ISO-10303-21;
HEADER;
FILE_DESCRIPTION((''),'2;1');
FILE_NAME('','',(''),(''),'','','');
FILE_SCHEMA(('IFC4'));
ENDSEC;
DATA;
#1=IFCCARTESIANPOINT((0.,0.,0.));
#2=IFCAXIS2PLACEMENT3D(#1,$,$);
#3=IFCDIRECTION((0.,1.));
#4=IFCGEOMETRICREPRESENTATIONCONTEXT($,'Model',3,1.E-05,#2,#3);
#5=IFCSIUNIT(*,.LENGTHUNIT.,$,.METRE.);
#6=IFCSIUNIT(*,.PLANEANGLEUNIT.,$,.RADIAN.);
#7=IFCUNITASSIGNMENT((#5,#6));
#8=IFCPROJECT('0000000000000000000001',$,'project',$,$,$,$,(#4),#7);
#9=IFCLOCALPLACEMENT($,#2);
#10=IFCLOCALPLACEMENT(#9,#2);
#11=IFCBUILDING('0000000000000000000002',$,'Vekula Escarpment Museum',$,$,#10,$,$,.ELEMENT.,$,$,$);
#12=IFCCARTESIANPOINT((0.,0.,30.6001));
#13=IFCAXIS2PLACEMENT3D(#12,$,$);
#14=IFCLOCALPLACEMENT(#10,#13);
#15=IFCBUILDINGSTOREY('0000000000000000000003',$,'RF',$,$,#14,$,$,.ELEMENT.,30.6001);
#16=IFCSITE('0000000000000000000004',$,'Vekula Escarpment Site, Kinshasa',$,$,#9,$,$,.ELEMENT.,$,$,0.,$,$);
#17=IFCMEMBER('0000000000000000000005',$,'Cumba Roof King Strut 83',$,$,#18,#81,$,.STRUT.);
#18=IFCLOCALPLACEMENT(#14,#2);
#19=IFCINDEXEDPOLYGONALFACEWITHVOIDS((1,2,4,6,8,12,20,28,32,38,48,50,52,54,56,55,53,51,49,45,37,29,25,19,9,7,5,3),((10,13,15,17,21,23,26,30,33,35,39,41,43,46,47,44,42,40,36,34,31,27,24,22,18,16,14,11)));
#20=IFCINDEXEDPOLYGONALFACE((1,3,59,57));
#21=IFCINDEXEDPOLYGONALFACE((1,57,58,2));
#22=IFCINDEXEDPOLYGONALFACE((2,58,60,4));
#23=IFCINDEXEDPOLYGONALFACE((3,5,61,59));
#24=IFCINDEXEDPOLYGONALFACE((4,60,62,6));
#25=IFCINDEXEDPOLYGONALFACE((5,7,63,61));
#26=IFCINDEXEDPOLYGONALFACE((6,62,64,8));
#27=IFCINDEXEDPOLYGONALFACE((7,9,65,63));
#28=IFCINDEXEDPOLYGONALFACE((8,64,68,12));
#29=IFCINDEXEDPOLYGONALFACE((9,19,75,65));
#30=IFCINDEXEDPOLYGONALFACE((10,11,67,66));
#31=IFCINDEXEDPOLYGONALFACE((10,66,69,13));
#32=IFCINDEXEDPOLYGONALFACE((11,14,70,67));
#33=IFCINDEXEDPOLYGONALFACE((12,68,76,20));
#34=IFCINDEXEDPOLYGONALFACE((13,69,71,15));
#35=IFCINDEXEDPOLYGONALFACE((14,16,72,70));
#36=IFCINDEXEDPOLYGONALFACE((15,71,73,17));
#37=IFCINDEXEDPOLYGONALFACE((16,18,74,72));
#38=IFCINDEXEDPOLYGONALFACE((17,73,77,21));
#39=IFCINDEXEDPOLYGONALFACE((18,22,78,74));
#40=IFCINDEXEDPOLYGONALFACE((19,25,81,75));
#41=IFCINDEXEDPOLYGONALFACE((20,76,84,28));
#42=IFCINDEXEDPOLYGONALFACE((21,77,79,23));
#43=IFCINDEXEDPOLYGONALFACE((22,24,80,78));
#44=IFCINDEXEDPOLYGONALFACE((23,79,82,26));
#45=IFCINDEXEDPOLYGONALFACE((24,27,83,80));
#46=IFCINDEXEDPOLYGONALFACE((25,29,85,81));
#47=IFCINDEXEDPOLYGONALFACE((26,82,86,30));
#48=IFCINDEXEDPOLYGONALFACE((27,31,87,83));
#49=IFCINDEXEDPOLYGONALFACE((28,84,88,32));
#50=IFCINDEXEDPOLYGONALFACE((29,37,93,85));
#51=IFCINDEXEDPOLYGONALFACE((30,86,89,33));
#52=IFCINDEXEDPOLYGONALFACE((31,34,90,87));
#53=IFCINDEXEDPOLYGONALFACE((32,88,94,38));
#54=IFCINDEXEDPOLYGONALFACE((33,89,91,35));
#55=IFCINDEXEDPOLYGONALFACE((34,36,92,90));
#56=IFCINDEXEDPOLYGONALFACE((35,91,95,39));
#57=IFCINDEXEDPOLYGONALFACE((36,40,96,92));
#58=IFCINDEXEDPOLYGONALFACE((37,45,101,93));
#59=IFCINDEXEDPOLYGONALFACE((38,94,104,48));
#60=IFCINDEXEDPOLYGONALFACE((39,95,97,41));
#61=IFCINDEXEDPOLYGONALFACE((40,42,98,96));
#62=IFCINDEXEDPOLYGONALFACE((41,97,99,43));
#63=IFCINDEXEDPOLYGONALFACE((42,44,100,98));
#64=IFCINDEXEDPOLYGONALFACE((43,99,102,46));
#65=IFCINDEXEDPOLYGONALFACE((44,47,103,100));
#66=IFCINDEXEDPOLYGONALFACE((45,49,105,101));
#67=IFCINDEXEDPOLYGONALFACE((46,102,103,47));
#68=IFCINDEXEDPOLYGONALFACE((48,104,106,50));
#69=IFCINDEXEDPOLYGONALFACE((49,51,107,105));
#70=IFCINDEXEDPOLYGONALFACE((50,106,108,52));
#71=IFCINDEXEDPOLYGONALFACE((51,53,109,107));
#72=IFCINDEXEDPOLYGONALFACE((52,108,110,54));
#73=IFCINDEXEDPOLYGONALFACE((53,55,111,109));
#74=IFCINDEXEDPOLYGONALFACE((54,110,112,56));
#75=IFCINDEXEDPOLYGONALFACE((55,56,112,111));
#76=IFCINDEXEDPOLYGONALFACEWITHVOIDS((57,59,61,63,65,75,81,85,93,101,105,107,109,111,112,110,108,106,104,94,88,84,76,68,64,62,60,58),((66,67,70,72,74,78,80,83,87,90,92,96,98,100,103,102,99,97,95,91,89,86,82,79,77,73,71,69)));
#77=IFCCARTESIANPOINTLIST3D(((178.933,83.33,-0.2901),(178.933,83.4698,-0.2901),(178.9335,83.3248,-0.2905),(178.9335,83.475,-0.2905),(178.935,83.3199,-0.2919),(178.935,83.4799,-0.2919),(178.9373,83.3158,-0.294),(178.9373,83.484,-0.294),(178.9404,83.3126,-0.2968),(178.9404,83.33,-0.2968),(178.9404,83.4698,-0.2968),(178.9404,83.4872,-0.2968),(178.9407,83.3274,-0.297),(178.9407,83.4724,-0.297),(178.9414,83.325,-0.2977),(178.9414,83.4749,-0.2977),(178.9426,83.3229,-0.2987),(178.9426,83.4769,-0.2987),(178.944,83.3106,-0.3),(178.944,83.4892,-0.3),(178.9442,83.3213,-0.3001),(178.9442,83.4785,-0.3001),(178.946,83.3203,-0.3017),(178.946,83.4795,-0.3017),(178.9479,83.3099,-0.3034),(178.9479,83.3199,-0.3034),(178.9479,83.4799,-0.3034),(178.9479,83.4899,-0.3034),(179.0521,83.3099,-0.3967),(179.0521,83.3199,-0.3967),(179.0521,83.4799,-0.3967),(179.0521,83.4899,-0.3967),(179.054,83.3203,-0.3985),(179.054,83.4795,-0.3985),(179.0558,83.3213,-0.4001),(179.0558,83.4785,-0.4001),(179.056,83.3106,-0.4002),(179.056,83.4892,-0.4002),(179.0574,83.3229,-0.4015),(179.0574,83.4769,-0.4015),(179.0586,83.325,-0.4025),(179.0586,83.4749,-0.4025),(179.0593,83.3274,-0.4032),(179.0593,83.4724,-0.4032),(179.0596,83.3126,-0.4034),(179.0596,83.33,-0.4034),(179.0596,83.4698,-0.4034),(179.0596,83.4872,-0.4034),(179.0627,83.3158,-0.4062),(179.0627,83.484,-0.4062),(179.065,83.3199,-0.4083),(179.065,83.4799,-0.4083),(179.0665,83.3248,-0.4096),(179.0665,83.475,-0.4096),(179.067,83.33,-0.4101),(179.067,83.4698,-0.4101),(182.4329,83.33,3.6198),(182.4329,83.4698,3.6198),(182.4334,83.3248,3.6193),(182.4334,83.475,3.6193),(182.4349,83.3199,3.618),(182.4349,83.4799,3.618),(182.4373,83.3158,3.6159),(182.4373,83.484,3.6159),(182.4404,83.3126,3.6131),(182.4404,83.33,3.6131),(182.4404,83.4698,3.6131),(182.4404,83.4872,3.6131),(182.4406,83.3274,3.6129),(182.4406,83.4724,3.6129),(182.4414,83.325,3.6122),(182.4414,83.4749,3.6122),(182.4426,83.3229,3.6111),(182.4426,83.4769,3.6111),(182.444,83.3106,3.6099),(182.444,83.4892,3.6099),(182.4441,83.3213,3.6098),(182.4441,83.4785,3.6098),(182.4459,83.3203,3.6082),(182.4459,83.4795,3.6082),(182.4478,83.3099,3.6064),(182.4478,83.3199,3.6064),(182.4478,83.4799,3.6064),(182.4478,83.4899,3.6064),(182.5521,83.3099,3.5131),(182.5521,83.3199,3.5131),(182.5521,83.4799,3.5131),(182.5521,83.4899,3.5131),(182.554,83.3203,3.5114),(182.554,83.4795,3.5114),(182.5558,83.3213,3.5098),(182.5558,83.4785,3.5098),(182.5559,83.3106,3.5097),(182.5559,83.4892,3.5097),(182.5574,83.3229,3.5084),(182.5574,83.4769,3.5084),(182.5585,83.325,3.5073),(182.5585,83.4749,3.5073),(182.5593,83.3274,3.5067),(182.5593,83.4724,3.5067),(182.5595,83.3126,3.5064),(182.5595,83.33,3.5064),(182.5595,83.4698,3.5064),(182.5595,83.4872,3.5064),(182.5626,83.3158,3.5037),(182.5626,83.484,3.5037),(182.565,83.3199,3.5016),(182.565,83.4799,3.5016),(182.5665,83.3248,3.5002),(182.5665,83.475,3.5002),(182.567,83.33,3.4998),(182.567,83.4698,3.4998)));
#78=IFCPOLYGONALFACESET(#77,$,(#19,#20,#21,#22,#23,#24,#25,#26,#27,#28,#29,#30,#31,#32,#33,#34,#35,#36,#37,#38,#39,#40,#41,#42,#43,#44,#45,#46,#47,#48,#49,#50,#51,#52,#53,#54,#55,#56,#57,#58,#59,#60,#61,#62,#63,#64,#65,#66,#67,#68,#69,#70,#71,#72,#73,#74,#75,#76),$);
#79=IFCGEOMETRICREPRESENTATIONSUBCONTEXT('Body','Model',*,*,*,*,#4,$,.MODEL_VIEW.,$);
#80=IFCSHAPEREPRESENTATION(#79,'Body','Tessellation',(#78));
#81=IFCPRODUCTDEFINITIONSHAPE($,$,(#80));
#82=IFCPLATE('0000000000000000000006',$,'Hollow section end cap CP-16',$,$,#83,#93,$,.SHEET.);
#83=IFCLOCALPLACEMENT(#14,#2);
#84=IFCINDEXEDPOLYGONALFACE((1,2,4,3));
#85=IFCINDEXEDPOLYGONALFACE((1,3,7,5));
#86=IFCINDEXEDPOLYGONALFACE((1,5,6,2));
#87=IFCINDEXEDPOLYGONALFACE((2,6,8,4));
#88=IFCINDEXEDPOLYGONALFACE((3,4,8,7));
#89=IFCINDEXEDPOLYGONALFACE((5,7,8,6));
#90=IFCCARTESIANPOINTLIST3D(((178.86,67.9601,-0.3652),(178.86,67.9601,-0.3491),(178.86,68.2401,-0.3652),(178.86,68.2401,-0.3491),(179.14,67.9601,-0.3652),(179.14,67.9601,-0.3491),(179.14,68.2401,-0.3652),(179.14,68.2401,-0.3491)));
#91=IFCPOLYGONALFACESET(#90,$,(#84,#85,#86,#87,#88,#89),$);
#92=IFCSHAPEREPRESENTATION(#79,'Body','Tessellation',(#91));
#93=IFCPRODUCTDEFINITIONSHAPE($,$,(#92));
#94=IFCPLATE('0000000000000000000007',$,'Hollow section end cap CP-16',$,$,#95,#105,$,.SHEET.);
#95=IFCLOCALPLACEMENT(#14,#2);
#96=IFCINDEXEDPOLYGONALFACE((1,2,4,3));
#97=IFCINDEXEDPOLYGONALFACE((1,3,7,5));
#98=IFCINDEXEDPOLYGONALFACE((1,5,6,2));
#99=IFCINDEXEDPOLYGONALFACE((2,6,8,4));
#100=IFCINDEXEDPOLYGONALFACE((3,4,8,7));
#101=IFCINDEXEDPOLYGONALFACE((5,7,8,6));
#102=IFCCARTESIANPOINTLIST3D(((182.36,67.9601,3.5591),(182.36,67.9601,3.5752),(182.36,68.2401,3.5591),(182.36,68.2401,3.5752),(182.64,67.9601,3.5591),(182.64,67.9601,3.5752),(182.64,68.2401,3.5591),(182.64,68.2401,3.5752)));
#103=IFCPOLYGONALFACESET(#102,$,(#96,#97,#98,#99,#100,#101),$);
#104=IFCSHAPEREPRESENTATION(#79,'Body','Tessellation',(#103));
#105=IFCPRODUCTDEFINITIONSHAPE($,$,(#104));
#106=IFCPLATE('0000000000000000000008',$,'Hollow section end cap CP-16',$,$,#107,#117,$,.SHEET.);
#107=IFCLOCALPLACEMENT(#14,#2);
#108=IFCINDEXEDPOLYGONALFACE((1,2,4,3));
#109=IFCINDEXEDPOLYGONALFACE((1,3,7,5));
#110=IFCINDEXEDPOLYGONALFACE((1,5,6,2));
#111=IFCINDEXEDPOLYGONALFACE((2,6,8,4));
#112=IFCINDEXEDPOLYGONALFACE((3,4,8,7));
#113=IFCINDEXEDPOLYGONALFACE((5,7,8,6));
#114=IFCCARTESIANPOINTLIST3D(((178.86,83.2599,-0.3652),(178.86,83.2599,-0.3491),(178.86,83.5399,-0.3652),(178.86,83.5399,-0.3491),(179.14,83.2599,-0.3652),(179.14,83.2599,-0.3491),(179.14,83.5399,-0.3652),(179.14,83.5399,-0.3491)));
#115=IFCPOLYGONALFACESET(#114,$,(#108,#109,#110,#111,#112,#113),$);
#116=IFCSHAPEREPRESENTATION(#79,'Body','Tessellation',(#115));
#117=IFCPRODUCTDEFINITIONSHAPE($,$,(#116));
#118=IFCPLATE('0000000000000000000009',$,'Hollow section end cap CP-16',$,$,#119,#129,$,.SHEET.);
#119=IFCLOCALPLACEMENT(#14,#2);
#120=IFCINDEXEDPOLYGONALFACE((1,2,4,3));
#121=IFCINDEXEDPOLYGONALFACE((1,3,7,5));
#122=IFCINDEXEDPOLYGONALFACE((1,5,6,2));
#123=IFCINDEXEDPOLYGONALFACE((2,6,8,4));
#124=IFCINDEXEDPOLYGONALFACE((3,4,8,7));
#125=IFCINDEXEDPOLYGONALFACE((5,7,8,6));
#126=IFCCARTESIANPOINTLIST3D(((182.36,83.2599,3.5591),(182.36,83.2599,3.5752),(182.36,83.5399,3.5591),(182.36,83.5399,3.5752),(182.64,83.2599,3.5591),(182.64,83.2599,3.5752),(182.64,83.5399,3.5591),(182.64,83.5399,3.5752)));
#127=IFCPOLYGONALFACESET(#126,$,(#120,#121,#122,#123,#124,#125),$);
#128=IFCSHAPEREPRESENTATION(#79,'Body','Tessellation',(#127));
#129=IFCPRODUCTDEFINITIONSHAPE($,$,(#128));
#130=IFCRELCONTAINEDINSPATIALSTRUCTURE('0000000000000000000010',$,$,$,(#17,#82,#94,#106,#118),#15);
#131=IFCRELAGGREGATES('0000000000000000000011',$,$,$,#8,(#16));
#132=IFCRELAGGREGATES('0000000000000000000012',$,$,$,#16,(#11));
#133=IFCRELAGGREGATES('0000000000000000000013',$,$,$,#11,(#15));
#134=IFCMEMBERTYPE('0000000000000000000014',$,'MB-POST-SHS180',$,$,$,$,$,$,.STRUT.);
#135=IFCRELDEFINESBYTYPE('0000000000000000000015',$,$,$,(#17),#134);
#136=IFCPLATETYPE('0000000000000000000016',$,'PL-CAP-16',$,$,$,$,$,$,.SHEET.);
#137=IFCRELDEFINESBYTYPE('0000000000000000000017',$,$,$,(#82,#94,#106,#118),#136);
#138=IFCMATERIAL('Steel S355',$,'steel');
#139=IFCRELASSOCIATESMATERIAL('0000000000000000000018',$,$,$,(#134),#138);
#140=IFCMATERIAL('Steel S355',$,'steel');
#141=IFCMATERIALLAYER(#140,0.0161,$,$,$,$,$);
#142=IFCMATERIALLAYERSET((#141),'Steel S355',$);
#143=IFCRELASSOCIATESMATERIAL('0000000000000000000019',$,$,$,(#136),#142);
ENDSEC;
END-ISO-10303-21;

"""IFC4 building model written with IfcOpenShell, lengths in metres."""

from ifc_helpers import new_model, si_unit, direction, frame, origin, origin_2d, place, context, subcontext, project, spatial, rectangle, hollow_rectangle, extrude, material, layer, layer_set, material_profile, profile_set, type_object, element, save


model = new_model("IFC4")

# Units and contexts
model_context = context("Model", 3, precision=1e-05, world=origin(), true_north=direction((0.0, 1.0)))
body_context = subcontext(model_context, "Body", "Model", "MODEL_VIEW")
ifc_project = project(units=[si_unit("LENGTHUNIT", "METRE"), si_unit("PLANEANGLEUNIT", "RADIAN")], contexts=[model_context])

# Site, building, storey
site_placement = place(None, origin())
site = spatial("IfcSite", under=ifc_project, at=site_placement, Name="Vekula Escarpment Site, Kinshasa", CompositionType="ELEMENT", RefElevation=0.0)
building_placement = place(site_placement, origin())
building = spatial("IfcBuilding", under=site, at=building_placement, Name="Vekula Escarpment Museum", CompositionType="ELEMENT")
storey_placement = place(building_placement, frame((0.0, 0.0, 30.6001)))
storey = spatial("IfcBuildingStorey", under=building, at=storey_placement, Name="RF", CompositionType="ELEMENT", Elevation=30.6001)

# Member
ifc_material_1 = material(Name="Steel S355", Category="steel")
ifc_material_profile_1 = material_profile(ifc_material_1, hollow_rectangle(XDim=0.1799, YDim=0.1799, WallThickness=0.01, InnerFilletRadius=0.01, OuterFilletRadius=0.02, at=origin_2d()), Name="SHS 180x180x10")
ifc_profile_set_1 = profile_set([ifc_material_profile_1], Name="Steel S355")
member_type_1 = type_object("IfcMemberType", Name="MB-POST-SHS180", PredefinedType="STRUT", material=ifc_profile_set_1)
for number, where, z_axis, x_axis, name in (
    (1, (179.0, 83.3999, -0.3501), (0.66697, 0.0, 0.745084), (0.0, 1.0, 0.0), "Cumba Roof King Strut 83"),
):
    element("IfcMember", number, at=place(storey_placement, frame(where, z_axis=z_axis, x_axis=x_axis)), inside=storey, type_object=member_type_1, Name=name, PredefinedType="STRUT", context=body_context, shape_type="SweptSolid", body=[
        extrude(hollow_rectangle(XDim=0.1799, YDim=0.1799, WallThickness=0.01, InnerFilletRadius=0.01, OuterFilletRadius=0.02, at=origin_2d()), origin(), (0.0, 0.0, 1.0), 5.2476),
    ])

# Plates
ifc_material_2 = material(Name="Steel S355", Category="steel")
ifc_layer = layer(ifc_material_2, 0.0161)
ifc_layer_set = layer_set([ifc_layer], Name="Steel S355")
plate_type = type_object("IfcPlateType", Name="PL-CAP-16", PredefinedType="SHEET", material=ifc_layer_set)
for number, where, z_axis, x_axis, name in (
    (2, (179.0, 68.1001, -0.3652), (0.0, 0.0, 1.0), (1.0, 0.0, 0.0), "Hollow section end cap CP-16"),
    (3, (182.5, 68.1001, 3.5591), (0.0, 0.0, 1.0), (1.0, 0.0, 0.0), "Hollow section end cap CP-16"),
    (4, (179.0, 83.3999, -0.3652), (0.0, 0.0, 1.0), (1.0, 0.0, 0.0), "Hollow section end cap CP-16"),
    (5, (182.5, 83.3999, 3.5591), (0.0, 0.0, 1.0), (1.0, 0.0, 0.0), "Hollow section end cap CP-16"),
):
    element("IfcPlate", number, at=place(storey_placement, frame(where, z_axis=z_axis, x_axis=x_axis)), inside=storey, type_object=plate_type, Name=name, PredefinedType="SHEET", context=body_context, shape_type="SweptSolid", body=[
        extrude(rectangle(XDim=0.28, YDim=0.28, at=origin_2d()), origin(), (0.0, 0.0, 1.0), 0.0161),
    ])

save(model, "model.ifc")
